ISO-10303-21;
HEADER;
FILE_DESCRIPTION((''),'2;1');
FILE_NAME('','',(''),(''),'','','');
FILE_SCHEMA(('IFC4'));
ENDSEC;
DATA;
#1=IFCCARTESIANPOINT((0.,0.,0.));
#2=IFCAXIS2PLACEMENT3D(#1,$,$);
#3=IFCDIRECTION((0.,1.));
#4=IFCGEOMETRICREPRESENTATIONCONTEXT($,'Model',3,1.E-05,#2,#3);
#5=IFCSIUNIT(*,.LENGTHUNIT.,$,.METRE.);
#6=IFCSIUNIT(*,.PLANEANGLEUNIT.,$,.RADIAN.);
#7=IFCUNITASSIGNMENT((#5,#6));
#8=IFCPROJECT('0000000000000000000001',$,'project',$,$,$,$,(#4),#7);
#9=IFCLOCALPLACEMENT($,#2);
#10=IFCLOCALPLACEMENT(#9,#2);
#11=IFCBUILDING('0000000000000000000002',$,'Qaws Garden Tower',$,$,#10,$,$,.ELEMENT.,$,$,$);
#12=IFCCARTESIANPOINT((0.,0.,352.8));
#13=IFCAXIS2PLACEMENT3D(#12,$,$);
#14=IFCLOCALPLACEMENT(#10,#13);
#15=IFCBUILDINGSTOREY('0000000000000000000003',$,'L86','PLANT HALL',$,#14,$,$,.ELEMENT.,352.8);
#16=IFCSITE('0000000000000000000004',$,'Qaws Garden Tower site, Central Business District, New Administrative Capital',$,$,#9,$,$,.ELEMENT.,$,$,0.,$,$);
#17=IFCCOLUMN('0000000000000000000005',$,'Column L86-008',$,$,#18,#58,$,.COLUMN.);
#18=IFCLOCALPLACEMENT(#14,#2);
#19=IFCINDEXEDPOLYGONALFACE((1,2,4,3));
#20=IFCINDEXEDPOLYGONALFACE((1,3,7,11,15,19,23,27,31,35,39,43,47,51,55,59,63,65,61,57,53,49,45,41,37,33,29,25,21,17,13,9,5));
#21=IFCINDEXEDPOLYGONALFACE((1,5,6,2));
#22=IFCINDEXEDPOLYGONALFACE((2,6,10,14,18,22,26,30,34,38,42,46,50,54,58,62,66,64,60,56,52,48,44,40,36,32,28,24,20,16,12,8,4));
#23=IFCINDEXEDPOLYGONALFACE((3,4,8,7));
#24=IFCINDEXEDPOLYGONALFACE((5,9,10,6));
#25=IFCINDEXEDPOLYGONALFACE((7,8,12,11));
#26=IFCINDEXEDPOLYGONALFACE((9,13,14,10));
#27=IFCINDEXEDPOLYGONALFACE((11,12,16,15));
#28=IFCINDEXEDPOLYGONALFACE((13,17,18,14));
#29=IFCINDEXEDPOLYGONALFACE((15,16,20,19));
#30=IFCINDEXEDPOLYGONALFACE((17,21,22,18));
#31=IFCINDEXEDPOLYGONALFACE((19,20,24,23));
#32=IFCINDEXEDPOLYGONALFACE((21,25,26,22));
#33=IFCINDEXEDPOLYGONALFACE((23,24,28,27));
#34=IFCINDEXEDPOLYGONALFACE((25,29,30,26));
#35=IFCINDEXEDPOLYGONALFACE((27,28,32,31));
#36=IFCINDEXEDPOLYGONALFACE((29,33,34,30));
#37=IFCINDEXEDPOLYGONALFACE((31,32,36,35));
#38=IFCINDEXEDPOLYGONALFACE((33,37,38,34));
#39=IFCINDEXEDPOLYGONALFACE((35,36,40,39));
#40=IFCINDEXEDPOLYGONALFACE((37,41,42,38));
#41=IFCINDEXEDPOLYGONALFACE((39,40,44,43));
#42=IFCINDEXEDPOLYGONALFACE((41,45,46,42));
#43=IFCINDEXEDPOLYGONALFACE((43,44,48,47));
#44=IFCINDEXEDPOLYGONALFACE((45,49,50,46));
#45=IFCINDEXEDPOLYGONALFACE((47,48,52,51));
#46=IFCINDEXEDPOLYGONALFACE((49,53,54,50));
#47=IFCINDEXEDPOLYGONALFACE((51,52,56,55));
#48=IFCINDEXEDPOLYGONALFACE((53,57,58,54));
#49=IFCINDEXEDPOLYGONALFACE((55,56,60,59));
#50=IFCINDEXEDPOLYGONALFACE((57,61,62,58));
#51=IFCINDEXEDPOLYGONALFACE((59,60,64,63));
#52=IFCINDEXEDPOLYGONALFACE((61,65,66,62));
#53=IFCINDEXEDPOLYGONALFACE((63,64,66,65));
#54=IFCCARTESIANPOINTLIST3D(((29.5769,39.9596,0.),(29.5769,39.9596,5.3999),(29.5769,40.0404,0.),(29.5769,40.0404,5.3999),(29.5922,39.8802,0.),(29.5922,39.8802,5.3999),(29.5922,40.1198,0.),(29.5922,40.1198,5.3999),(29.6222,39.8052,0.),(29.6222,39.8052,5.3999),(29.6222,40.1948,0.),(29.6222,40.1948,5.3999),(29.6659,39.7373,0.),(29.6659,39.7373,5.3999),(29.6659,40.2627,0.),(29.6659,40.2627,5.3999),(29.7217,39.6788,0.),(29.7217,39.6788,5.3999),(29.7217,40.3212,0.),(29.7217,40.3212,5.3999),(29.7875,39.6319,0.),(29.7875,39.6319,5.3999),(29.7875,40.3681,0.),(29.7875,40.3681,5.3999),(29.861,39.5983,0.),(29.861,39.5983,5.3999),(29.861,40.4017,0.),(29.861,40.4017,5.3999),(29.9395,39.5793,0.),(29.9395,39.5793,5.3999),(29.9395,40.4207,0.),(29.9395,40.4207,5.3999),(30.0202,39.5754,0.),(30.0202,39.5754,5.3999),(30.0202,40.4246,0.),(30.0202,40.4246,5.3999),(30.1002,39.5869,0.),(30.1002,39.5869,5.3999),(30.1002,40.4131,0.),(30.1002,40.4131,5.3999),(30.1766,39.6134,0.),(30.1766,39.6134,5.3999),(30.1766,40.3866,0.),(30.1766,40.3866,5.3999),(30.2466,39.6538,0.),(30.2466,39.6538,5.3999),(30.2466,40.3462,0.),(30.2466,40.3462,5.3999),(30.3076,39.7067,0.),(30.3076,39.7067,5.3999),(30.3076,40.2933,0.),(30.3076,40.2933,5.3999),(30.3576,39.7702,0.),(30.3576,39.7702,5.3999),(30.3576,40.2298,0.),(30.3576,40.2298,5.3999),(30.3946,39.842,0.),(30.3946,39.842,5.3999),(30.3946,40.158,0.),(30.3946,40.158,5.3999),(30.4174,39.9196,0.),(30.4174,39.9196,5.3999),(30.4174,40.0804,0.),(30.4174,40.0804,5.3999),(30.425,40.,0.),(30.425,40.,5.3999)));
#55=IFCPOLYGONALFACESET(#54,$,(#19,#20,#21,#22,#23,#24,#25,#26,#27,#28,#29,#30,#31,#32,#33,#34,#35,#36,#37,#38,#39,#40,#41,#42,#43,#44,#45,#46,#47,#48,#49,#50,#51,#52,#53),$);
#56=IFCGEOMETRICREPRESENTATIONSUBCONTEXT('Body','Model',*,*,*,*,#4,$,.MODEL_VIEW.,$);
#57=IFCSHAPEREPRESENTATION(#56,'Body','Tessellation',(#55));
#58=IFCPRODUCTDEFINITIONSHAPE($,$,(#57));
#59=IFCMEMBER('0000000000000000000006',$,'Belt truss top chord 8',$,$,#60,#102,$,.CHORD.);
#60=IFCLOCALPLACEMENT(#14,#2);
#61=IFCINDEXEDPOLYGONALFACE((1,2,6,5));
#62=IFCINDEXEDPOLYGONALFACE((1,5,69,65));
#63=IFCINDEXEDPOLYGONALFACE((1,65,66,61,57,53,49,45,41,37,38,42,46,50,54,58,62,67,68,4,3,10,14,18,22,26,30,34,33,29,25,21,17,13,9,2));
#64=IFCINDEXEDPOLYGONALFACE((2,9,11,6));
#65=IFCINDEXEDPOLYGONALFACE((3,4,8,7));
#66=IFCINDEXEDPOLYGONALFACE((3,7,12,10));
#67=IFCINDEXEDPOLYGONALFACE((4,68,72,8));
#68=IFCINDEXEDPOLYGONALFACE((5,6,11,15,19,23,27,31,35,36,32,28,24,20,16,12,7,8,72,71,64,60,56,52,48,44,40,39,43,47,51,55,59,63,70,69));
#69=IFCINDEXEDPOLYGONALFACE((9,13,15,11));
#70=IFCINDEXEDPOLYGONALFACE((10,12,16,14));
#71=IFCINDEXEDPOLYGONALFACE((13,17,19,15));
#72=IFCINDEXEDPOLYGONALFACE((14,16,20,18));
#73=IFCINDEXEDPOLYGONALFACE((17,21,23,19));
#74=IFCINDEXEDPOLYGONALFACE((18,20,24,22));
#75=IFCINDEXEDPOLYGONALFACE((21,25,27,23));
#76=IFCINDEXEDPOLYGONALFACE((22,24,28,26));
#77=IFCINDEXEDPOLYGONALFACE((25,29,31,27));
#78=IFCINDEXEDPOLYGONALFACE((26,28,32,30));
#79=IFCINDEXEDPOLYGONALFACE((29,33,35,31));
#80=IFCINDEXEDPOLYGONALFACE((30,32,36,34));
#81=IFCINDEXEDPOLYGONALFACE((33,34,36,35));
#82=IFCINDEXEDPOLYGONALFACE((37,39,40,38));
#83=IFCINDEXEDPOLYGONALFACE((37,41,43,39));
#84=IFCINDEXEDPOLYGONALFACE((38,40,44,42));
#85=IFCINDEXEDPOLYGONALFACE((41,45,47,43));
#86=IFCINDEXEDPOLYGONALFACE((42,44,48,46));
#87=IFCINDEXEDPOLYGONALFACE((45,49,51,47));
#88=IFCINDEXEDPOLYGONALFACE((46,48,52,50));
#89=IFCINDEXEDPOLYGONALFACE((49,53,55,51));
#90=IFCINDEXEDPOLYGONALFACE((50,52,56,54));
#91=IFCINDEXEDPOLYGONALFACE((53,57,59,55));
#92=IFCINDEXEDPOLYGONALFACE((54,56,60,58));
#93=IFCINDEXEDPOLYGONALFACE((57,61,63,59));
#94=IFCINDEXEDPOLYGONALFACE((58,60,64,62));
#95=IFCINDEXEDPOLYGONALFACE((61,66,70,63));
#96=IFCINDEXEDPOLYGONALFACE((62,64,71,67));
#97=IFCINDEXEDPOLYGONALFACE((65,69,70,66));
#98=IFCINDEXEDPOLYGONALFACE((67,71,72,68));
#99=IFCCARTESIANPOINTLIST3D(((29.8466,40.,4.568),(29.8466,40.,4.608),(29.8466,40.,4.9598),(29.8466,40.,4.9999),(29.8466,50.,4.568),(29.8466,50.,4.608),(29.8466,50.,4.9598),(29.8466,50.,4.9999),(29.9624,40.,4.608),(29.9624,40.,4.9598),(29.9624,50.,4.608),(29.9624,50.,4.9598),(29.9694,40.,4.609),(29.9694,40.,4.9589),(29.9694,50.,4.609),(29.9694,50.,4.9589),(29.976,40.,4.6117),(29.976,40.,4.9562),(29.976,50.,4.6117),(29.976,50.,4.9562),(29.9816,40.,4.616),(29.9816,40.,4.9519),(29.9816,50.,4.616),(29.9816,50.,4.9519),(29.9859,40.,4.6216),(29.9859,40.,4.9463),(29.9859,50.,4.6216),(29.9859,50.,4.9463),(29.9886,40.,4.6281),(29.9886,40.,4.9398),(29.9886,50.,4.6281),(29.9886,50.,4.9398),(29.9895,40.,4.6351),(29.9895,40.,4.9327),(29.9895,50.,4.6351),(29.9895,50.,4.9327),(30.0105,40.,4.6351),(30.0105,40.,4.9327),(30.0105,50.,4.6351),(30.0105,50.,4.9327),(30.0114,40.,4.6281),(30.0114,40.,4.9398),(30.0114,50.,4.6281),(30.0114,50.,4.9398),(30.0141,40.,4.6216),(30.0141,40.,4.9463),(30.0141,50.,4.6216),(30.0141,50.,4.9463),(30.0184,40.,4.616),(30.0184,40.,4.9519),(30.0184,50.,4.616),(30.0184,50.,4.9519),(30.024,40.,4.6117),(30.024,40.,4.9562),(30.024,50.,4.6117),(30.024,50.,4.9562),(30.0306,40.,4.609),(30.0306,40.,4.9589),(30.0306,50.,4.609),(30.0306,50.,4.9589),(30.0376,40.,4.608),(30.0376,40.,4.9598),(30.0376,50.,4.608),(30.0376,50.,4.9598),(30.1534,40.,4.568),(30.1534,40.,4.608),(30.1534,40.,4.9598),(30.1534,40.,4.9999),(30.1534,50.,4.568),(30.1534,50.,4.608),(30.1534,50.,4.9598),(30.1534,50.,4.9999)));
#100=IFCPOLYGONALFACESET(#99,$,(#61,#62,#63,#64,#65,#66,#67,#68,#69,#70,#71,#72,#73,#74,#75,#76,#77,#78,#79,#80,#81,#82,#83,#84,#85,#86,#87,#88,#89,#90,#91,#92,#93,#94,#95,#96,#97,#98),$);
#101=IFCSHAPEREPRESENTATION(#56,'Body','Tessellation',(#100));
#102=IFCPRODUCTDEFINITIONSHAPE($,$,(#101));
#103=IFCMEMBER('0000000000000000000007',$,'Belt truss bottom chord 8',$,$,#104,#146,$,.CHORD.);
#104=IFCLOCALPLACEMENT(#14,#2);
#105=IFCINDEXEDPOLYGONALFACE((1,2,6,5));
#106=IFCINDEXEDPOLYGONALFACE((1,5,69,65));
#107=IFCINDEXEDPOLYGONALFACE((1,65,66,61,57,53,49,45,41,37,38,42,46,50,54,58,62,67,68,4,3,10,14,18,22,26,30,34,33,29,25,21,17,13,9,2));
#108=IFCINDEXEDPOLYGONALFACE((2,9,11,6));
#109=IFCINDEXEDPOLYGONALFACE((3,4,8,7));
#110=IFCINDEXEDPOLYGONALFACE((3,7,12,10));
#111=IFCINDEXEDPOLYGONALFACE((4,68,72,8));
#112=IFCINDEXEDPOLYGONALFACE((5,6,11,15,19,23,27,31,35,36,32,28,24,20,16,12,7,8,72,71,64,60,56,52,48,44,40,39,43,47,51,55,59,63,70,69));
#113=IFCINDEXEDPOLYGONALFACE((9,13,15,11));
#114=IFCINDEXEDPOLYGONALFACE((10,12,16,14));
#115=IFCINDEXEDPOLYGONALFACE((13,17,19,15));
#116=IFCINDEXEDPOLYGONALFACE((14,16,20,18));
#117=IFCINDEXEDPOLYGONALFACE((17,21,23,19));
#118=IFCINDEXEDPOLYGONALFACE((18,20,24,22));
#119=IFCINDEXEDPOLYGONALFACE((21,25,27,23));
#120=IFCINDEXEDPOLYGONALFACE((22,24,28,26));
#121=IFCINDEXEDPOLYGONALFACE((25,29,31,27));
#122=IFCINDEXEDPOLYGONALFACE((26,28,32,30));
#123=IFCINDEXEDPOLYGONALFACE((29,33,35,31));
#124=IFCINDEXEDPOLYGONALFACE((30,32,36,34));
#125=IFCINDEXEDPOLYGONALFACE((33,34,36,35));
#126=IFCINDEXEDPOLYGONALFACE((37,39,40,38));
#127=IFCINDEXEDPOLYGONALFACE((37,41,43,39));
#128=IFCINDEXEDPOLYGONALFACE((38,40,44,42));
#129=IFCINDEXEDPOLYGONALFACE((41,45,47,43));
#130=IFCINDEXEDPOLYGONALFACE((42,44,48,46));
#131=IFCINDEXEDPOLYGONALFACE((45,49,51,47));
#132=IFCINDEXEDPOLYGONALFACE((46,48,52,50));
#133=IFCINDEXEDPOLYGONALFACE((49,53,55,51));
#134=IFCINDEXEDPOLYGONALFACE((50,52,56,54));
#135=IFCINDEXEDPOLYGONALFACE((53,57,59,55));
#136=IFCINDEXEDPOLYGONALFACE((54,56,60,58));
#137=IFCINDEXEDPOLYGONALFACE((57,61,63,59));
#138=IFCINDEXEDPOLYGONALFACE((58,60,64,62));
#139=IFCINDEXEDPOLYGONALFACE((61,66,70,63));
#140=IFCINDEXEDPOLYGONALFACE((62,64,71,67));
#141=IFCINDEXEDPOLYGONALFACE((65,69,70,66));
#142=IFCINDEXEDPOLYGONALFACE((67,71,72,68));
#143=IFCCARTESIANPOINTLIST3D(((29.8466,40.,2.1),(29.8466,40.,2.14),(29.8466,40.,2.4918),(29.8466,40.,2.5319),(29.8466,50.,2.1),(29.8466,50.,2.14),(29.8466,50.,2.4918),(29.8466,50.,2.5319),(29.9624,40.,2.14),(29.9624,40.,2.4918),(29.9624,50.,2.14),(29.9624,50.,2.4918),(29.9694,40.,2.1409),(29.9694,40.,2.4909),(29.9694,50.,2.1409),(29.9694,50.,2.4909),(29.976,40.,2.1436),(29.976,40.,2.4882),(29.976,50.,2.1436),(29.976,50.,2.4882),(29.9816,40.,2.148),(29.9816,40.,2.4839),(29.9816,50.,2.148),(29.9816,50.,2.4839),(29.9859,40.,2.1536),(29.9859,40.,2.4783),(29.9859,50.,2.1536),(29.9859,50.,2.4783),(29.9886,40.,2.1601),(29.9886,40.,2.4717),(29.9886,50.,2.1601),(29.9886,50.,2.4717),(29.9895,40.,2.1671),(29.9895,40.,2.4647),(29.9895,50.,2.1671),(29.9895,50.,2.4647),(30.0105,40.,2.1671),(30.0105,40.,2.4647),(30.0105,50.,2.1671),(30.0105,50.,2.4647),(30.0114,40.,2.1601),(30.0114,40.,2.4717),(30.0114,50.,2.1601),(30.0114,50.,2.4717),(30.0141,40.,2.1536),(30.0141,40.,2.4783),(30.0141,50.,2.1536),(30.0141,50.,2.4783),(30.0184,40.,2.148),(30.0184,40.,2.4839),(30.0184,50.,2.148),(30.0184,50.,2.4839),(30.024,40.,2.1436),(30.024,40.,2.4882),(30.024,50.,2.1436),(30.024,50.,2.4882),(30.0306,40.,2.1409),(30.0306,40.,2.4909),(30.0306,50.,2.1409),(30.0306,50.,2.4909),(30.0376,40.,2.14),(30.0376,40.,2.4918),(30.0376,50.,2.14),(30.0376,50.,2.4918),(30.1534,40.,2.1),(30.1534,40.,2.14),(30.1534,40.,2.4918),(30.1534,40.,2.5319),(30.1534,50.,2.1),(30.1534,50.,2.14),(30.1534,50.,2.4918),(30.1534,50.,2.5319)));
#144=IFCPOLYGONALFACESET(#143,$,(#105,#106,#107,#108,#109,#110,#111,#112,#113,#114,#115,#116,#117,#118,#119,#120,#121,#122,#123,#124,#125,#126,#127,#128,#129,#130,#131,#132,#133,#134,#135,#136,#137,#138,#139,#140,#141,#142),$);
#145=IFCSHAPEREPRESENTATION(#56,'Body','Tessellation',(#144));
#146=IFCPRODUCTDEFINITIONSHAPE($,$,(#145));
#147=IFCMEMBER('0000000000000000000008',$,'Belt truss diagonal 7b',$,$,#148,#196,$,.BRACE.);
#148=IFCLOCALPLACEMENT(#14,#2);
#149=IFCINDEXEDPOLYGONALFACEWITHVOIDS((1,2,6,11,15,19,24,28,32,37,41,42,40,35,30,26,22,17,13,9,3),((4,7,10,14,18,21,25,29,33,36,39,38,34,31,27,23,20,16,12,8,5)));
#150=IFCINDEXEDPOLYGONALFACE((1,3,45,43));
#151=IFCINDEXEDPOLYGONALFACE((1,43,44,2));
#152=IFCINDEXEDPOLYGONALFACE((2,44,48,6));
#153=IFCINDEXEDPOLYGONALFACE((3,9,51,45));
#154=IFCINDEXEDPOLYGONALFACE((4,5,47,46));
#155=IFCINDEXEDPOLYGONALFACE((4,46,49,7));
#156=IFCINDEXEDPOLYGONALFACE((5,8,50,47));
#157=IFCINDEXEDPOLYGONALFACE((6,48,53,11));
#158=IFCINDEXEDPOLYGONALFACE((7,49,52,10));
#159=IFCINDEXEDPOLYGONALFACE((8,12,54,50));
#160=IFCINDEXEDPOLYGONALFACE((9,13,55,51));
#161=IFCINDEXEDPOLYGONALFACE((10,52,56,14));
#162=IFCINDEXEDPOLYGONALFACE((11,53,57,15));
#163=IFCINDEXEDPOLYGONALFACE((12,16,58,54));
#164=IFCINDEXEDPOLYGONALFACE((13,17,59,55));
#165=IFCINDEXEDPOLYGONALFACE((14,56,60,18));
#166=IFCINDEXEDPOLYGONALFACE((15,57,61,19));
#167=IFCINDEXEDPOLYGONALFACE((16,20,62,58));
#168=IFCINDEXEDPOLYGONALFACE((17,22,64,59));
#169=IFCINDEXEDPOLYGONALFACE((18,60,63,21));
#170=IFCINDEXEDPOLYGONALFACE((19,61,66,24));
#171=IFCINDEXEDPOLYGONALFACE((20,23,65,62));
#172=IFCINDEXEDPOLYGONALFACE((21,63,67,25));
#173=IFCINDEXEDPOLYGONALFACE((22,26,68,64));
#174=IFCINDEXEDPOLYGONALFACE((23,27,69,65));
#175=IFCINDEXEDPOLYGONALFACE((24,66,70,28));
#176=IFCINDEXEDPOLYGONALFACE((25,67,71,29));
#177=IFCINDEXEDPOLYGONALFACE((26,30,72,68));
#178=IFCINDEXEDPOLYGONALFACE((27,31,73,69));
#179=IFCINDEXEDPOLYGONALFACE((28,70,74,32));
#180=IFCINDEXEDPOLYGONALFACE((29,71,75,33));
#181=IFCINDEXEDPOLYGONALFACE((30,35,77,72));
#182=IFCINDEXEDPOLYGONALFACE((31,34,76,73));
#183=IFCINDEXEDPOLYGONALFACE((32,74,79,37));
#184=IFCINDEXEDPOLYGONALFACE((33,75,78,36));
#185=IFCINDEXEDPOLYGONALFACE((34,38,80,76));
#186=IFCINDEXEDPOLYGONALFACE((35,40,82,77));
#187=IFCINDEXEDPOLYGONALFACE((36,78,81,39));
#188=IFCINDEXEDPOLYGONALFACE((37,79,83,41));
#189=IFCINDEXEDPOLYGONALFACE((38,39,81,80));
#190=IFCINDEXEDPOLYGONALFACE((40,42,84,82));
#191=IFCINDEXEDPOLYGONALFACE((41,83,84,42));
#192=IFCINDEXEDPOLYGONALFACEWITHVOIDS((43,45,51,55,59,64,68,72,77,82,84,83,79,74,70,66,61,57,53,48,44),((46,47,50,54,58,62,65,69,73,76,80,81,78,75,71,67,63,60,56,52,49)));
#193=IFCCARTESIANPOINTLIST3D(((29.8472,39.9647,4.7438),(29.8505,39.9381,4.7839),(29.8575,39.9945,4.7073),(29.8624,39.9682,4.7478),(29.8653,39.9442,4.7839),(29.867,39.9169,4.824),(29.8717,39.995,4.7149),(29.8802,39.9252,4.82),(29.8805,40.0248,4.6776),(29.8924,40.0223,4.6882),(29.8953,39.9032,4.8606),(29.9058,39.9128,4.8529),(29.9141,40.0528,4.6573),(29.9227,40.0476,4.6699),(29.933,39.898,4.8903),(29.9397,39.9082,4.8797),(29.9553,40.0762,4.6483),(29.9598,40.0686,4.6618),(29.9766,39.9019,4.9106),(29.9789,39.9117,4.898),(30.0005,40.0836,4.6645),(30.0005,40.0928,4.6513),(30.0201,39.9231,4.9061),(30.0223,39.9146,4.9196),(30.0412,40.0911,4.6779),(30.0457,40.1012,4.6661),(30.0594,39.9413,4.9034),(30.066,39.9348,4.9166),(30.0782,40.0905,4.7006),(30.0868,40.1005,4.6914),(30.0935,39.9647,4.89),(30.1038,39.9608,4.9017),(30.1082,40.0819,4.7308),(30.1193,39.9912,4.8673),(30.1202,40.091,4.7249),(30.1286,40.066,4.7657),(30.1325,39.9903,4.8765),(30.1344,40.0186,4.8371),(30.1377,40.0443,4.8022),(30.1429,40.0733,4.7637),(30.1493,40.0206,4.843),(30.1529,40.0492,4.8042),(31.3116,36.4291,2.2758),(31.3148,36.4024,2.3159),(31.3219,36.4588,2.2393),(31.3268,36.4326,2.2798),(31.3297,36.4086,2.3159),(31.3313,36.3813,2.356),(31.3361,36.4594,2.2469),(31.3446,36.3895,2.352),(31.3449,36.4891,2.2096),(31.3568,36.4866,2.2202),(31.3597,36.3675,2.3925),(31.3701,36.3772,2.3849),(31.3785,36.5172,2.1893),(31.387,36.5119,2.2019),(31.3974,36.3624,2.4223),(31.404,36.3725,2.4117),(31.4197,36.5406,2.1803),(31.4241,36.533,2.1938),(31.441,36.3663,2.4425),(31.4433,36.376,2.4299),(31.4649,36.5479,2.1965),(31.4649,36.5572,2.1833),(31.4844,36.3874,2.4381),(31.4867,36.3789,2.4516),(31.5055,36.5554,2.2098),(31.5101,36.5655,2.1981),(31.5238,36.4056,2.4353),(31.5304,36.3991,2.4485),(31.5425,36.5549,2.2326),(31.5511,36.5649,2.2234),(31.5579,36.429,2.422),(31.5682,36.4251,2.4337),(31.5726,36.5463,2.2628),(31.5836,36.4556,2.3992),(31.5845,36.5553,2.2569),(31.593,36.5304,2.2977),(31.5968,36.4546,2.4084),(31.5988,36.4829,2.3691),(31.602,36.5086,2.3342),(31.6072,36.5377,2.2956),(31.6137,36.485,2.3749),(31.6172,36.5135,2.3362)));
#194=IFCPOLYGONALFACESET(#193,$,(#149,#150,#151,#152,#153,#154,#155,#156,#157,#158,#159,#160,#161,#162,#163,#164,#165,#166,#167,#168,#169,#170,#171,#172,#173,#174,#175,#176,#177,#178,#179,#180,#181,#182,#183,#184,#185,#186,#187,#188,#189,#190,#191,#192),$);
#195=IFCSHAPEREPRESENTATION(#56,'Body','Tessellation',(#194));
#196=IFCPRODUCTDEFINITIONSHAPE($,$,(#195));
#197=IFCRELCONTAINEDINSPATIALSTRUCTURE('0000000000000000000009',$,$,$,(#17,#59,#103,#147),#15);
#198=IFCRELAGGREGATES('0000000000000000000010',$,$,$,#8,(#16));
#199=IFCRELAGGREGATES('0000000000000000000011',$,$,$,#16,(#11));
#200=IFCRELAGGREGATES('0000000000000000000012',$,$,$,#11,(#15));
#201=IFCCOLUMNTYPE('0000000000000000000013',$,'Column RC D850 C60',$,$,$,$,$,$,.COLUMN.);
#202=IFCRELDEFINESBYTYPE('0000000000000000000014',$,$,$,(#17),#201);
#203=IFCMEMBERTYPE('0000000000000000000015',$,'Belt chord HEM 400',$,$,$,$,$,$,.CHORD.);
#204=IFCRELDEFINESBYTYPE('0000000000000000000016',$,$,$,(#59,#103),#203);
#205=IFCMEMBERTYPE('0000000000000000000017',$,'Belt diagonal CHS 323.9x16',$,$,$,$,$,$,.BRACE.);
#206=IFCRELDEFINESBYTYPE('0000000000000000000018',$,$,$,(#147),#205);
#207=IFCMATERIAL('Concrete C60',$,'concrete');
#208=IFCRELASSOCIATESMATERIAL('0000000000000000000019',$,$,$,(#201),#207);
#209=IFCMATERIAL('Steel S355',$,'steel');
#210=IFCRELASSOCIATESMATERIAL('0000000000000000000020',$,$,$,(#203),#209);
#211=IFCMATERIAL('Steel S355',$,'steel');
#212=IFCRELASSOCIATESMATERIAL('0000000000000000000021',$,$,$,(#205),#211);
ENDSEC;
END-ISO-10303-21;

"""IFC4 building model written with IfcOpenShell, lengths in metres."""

from ifc_helpers import new_model, si_unit, direction, frame, origin, origin_2d, place, context, subcontext, project, spatial, circle, hollow_circle, i_section, extrude, material, material_profile, profile_set, type_object, element, save


model = new_model("IFC4")

# Units and contexts
model_context = context("Model", 3, precision=1e-05, world=origin(), true_north=direction((0.0, 1.0)))
body_context = subcontext(model_context, "Body", "Model", "MODEL_VIEW")
ifc_project = project(units=[si_unit("LENGTHUNIT", "METRE"), si_unit("PLANEANGLEUNIT", "RADIAN")], contexts=[model_context])

# Site, building, storey
site_placement = place(None, origin())
site = spatial("IfcSite", under=ifc_project, at=site_placement, Name="Qaws Garden Tower site, Central Business District, New Administrative Capital", CompositionType="ELEMENT", RefElevation=0.0)
building_placement = place(site_placement, origin())
building = spatial("IfcBuilding", under=site, at=building_placement, Name="Qaws Garden Tower", CompositionType="ELEMENT")
storey_placement = place(building_placement, frame((0.0, 0.0, 352.8)))
storey = spatial("IfcBuildingStorey", under=building, at=storey_placement, Name="L86", Description="PLANT HALL", CompositionType="ELEMENT", Elevation=352.8)

# Column
ifc_material_1 = material(Name="Concrete C60", Category="concrete")
ifc_material_profile_1 = material_profile(ifc_material_1, circle(Radius=0.425, at=origin_2d()), Name="RC D850")
ifc_profile_set_1 = profile_set([ifc_material_profile_1], Name="Concrete C60")
column_type = type_object("IfcColumnType", Name="Column RC D850 C60", PredefinedType="COLUMN", material=ifc_profile_set_1)
column_placement = place(storey_placement, frame((30.0, 40.0, 0.0), z_axis=(0.0, 0.0, 1.0), x_axis=(1.0, 0.0, 0.0)))
element("IfcColumn", 1, at=column_placement, inside=storey, type_object=column_type, Name="Column L86-008", PredefinedType="COLUMN", context=body_context, shape_type="SweptSolid", body=[
    extrude(circle(Radius=0.425, at=origin_2d()), origin(), (0.0, 0.0, 1.0), 5.3999),
])

# Members
ifc_material_2 = material(Name="Steel S355", Category="steel")
ifc_material_profile_2 = material_profile(ifc_material_2, i_section(OverallWidth=0.3069, OverallDepth=0.4319, WebThickness=0.021, FlangeThickness=0.04, FilletRadius=0.0271, at=origin_2d()), Name="HEM 400")
ifc_profile_set_2 = profile_set([ifc_material_profile_2], Name="Steel S355")
member_type_1 = type_object("IfcMemberType", Name="Belt chord HEM 400", PredefinedType="CHORD", material=ifc_profile_set_2)
for number, where, z_axis, x_axis, name in (
    (2, (30.0, 40.0, 4.7839), (0.0, 1.0, 0.0), (-1.0, 0.0, 0.0), "Belt truss top chord 8"),
    (3, (30.0, 40.0, 2.3159), (0.0, 1.0, 0.0), (-1.0, 0.0, 0.0), "Belt truss bottom chord 8"),
):
    element("IfcMember", number, at=place(storey_placement, frame(where, z_axis=z_axis, x_axis=x_axis)), inside=storey, type_object=member_type_1, Name=name, PredefinedType="CHORD", context=body_context, shape_type="SweptSolid", body=[
        extrude(i_section(OverallWidth=0.3069, OverallDepth=0.4319, WebThickness=0.021, FlangeThickness=0.04, FilletRadius=0.0271, at=origin_2d()), origin(), (0.0, 0.0, 1.0), 10.0),
    ])
ifc_material_3 = material(Name="Steel S355", Category="steel")
ifc_material_profile_3 = material_profile(ifc_material_3, hollow_circle(Radius=0.1619, WallThickness=0.0161, at=origin_2d()), Name="CHS 323.9x16")
ifc_profile_set_3 = profile_set([ifc_material_profile_3], Name="Steel S355")
member_type_2 = type_object("IfcMemberType", Name="Belt diagonal CHS 323.9x16", PredefinedType="BRACE", material=ifc_profile_set_3)
member_1_placement = place(storey_placement, frame((31.4644, 36.4644, 2.3159), z_axis=(-0.321575, 0.776432, 0.54198), x_axis=(-0.923894, -0.382649, 0.0)))
element("IfcMember", 4, at=member_1_placement, inside=storey, type_object=member_type_2, Name="Belt truss diagonal 7b", PredefinedType="BRACE", context=body_context, shape_type="SweptSolid", body=[
    extrude(hollow_circle(Radius=0.1619, WallThickness=0.0161, at=origin_2d()), origin(), (0.0, 0.0, 1.0), 4.5537),
])

save(model, "model.ifc")
